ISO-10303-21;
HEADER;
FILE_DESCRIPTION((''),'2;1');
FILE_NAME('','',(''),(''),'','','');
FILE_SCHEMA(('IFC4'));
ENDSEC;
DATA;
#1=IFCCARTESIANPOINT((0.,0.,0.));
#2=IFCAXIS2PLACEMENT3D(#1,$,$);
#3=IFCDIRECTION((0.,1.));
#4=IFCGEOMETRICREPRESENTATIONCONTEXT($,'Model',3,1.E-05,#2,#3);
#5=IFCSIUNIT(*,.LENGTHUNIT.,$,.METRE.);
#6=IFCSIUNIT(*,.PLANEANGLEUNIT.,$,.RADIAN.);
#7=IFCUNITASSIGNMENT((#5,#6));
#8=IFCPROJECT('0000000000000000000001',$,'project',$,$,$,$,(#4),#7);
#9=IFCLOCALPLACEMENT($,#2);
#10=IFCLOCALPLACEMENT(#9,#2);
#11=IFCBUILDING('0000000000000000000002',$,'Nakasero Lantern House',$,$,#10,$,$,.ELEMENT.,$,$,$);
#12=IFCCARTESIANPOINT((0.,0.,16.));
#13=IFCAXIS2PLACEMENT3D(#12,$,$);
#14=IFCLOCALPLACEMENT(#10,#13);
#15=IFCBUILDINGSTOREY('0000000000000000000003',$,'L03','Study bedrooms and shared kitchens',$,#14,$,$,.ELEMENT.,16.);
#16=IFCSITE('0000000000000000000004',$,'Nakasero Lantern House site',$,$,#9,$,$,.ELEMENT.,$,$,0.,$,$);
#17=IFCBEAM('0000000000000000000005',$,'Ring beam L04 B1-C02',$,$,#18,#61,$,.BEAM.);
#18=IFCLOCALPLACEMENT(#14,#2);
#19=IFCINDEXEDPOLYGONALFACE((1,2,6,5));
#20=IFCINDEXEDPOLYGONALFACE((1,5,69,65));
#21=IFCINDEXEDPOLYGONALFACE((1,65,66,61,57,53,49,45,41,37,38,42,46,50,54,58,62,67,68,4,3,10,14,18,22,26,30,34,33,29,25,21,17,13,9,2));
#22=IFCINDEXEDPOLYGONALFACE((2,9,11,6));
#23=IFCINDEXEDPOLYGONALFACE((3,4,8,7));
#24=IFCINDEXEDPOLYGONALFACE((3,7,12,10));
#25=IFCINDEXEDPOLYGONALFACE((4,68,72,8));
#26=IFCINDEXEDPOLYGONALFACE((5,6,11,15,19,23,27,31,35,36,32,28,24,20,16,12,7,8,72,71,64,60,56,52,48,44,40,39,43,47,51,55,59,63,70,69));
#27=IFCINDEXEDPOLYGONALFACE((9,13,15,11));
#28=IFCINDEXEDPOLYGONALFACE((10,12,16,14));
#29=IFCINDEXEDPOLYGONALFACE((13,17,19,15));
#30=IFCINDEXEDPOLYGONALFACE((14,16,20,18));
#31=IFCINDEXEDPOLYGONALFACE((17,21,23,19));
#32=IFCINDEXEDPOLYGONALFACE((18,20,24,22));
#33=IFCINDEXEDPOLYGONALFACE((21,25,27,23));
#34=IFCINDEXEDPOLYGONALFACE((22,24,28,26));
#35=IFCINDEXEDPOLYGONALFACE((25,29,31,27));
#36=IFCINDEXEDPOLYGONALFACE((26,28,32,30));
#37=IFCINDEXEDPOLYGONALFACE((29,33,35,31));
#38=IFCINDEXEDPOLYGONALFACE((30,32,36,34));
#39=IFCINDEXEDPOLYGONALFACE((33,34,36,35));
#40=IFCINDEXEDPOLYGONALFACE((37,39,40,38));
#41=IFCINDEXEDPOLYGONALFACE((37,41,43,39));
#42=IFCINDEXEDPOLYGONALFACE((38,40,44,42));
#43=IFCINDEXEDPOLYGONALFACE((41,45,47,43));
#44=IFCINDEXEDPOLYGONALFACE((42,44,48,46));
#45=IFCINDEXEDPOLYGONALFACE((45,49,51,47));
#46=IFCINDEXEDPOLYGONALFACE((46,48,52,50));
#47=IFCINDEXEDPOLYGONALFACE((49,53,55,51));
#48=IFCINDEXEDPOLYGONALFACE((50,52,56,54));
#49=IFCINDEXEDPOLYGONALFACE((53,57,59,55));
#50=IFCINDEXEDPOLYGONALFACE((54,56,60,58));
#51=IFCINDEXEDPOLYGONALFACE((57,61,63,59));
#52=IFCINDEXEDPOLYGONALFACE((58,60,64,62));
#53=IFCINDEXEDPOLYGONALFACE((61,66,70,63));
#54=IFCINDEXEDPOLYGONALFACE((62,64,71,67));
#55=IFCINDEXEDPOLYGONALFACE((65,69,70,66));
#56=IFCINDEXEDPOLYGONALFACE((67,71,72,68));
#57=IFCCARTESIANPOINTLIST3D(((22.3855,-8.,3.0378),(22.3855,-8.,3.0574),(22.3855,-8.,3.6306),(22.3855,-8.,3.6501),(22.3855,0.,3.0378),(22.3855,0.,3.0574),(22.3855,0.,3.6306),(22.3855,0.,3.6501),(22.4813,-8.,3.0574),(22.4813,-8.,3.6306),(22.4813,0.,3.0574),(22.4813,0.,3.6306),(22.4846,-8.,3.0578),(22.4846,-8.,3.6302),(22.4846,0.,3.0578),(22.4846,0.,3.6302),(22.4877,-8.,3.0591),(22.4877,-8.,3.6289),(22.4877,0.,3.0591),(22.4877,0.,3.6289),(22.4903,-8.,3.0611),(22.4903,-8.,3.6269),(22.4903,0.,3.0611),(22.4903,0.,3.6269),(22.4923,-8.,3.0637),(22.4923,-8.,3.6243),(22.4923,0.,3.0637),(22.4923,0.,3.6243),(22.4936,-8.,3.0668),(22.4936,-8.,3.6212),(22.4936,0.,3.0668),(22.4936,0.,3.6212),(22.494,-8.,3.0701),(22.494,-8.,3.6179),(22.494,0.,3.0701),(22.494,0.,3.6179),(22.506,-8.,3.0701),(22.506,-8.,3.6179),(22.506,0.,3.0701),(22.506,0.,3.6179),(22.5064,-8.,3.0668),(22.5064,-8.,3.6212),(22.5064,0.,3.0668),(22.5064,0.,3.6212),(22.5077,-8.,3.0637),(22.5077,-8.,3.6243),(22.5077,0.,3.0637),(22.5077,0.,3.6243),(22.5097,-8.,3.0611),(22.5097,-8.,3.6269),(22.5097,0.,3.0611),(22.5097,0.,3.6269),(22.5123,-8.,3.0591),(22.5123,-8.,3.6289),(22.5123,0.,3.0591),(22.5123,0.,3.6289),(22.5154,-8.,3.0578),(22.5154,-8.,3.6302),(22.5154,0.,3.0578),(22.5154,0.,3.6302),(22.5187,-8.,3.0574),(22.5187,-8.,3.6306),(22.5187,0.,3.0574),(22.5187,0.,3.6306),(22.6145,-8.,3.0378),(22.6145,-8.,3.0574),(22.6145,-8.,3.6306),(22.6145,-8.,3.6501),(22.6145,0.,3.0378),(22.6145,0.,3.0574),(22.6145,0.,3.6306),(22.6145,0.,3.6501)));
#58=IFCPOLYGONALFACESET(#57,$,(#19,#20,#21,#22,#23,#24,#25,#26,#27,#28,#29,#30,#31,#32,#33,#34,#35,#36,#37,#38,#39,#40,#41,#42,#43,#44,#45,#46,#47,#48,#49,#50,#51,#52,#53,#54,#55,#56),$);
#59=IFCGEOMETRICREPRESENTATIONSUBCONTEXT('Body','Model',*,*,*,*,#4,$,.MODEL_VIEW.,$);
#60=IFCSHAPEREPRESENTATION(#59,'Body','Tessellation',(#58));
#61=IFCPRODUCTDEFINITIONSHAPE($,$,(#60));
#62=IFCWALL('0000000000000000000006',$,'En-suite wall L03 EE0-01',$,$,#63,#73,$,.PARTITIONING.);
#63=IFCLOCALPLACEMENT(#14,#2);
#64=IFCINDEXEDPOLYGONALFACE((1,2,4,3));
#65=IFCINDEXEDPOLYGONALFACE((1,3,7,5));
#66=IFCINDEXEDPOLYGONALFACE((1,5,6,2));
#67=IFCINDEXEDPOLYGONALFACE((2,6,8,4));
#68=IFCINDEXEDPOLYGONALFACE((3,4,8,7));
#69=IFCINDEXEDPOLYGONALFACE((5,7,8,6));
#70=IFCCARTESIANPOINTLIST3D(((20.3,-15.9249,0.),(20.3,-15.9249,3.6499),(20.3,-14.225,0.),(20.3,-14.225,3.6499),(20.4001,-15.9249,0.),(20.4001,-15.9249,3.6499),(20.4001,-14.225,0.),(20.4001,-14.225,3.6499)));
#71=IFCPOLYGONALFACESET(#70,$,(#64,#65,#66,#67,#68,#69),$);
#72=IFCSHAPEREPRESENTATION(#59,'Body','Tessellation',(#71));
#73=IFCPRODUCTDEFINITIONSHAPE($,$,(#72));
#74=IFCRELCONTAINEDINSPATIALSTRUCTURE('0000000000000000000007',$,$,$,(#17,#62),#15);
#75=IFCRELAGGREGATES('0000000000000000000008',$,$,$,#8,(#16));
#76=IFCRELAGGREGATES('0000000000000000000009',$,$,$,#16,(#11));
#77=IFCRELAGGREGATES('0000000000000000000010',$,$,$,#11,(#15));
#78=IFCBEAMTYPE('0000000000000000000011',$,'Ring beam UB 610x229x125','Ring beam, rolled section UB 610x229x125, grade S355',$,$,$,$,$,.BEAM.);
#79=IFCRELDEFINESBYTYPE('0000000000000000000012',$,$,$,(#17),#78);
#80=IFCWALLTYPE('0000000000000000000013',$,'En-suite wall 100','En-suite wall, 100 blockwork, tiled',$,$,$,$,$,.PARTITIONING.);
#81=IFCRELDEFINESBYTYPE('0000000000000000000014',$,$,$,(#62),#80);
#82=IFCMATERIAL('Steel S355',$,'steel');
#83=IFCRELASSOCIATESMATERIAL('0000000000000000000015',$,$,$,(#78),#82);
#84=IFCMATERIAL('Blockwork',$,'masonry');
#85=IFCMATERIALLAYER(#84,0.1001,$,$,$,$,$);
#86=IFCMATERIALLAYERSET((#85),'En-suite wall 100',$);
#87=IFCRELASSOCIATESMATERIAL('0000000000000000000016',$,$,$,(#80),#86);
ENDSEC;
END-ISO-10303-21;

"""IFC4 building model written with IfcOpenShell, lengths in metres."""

from ifc_helpers import new_model, si_unit, direction, frame, frame_2d, origin, origin_2d, place, context, subcontext, project, spatial, rectangle, i_section, extrude, material, layer, layer_set, material_profile, profile_set, type_object, element, save


model = new_model("IFC4")

# Units and contexts
model_context = context("Model", 3, precision=1e-05, world=origin(), true_north=direction((0.0, 1.0)))
body_context = subcontext(model_context, "Body", "Model", "MODEL_VIEW")
ifc_project = project(units=[si_unit("LENGTHUNIT", "METRE"), si_unit("PLANEANGLEUNIT", "RADIAN")], contexts=[model_context])

# Site, building, storey
site_placement = place(None, origin())
site = spatial("IfcSite", under=ifc_project, at=site_placement, Name="Nakasero Lantern House site", CompositionType="ELEMENT", RefElevation=0.0)
building_placement = place(site_placement, origin())
building = spatial("IfcBuilding", under=site, at=building_placement, Name="Nakasero Lantern House", CompositionType="ELEMENT")
storey_placement = place(building_placement, frame((0.0, 0.0, 16.0)))
storey = spatial("IfcBuildingStorey", under=building, at=storey_placement, Name="L03", Description="Study bedrooms and shared kitchens", CompositionType="ELEMENT", Elevation=16.0)

# Beam
ifc_material_1 = material(Name="Steel S355", Category="steel")
ifc_material_profile_1 = material_profile(ifc_material_1, i_section(OverallWidth=0.229, OverallDepth=0.6123, WebThickness=0.012, FlangeThickness=0.0195, FilletRadius=0.0127, at=origin_2d()), Name="UB 610x229x125")
ifc_profile_set_1 = profile_set([ifc_material_profile_1], Name="Steel S355")
beam_type_1 = type_object("IfcBeamType", Name="Ring beam UB 610x229x125", Description="Ring beam, rolled section UB 610x229x125, grade S355", PredefinedType="BEAM", material=ifc_profile_set_1)
for number, where, z_axis, x_axis, name in (
    (1, (22.5, -8.0, 3.344), (0.0, 1.0, 0.0), (-1.0, 0.0, 0.0), "Ring beam L04 B1-C02"),
):
    element("IfcBeam", number, at=place(storey_placement, frame(where, z_axis=z_axis, x_axis=x_axis)), inside=storey, type_object=beam_type_1, Name=name, PredefinedType="BEAM", context=body_context, shape_type="SweptSolid", body=[
        extrude(i_section(OverallWidth=0.229, OverallDepth=0.6123, WebThickness=0.012, FlangeThickness=0.0195, FilletRadius=0.0127, at=origin_2d()), origin(), (0.0, 0.0, 1.0), 8.0),
    ])

# Wall
ifc_material_2 = material(Name="Blockwork", Category="masonry")
ifc_layer_1 = layer(ifc_material_2, 0.1001)
ifc_layer_set_1 = layer_set([ifc_layer_1], Name="En-suite wall 100")
wall_type_1 = type_object("IfcWallType", Name="En-suite wall 100", Description="En-suite wall, 100 blockwork, tiled", PredefinedType="PARTITIONING", material=ifc_layer_set_1)
wall_1_placement = place(storey_placement, frame((20.3501, -15.925, 0.0), z_axis=(0.0, 0.0, 1.0), x_axis=(0.0, 1.0, 0.0)))
element("IfcWall", 2, at=wall_1_placement, inside=storey, type_object=wall_type_1, Name="En-suite wall L03 EE0-01", PredefinedType="PARTITIONING", context=body_context, shape_type="SweptSolid", body=[
    extrude(rectangle(XDim=1.7, YDim=0.1001, at=frame_2d((0.8501, 0.0))), origin(), (0.0, 0.0, 1.0), 3.6499),
])

save(model, "model.ifc")
